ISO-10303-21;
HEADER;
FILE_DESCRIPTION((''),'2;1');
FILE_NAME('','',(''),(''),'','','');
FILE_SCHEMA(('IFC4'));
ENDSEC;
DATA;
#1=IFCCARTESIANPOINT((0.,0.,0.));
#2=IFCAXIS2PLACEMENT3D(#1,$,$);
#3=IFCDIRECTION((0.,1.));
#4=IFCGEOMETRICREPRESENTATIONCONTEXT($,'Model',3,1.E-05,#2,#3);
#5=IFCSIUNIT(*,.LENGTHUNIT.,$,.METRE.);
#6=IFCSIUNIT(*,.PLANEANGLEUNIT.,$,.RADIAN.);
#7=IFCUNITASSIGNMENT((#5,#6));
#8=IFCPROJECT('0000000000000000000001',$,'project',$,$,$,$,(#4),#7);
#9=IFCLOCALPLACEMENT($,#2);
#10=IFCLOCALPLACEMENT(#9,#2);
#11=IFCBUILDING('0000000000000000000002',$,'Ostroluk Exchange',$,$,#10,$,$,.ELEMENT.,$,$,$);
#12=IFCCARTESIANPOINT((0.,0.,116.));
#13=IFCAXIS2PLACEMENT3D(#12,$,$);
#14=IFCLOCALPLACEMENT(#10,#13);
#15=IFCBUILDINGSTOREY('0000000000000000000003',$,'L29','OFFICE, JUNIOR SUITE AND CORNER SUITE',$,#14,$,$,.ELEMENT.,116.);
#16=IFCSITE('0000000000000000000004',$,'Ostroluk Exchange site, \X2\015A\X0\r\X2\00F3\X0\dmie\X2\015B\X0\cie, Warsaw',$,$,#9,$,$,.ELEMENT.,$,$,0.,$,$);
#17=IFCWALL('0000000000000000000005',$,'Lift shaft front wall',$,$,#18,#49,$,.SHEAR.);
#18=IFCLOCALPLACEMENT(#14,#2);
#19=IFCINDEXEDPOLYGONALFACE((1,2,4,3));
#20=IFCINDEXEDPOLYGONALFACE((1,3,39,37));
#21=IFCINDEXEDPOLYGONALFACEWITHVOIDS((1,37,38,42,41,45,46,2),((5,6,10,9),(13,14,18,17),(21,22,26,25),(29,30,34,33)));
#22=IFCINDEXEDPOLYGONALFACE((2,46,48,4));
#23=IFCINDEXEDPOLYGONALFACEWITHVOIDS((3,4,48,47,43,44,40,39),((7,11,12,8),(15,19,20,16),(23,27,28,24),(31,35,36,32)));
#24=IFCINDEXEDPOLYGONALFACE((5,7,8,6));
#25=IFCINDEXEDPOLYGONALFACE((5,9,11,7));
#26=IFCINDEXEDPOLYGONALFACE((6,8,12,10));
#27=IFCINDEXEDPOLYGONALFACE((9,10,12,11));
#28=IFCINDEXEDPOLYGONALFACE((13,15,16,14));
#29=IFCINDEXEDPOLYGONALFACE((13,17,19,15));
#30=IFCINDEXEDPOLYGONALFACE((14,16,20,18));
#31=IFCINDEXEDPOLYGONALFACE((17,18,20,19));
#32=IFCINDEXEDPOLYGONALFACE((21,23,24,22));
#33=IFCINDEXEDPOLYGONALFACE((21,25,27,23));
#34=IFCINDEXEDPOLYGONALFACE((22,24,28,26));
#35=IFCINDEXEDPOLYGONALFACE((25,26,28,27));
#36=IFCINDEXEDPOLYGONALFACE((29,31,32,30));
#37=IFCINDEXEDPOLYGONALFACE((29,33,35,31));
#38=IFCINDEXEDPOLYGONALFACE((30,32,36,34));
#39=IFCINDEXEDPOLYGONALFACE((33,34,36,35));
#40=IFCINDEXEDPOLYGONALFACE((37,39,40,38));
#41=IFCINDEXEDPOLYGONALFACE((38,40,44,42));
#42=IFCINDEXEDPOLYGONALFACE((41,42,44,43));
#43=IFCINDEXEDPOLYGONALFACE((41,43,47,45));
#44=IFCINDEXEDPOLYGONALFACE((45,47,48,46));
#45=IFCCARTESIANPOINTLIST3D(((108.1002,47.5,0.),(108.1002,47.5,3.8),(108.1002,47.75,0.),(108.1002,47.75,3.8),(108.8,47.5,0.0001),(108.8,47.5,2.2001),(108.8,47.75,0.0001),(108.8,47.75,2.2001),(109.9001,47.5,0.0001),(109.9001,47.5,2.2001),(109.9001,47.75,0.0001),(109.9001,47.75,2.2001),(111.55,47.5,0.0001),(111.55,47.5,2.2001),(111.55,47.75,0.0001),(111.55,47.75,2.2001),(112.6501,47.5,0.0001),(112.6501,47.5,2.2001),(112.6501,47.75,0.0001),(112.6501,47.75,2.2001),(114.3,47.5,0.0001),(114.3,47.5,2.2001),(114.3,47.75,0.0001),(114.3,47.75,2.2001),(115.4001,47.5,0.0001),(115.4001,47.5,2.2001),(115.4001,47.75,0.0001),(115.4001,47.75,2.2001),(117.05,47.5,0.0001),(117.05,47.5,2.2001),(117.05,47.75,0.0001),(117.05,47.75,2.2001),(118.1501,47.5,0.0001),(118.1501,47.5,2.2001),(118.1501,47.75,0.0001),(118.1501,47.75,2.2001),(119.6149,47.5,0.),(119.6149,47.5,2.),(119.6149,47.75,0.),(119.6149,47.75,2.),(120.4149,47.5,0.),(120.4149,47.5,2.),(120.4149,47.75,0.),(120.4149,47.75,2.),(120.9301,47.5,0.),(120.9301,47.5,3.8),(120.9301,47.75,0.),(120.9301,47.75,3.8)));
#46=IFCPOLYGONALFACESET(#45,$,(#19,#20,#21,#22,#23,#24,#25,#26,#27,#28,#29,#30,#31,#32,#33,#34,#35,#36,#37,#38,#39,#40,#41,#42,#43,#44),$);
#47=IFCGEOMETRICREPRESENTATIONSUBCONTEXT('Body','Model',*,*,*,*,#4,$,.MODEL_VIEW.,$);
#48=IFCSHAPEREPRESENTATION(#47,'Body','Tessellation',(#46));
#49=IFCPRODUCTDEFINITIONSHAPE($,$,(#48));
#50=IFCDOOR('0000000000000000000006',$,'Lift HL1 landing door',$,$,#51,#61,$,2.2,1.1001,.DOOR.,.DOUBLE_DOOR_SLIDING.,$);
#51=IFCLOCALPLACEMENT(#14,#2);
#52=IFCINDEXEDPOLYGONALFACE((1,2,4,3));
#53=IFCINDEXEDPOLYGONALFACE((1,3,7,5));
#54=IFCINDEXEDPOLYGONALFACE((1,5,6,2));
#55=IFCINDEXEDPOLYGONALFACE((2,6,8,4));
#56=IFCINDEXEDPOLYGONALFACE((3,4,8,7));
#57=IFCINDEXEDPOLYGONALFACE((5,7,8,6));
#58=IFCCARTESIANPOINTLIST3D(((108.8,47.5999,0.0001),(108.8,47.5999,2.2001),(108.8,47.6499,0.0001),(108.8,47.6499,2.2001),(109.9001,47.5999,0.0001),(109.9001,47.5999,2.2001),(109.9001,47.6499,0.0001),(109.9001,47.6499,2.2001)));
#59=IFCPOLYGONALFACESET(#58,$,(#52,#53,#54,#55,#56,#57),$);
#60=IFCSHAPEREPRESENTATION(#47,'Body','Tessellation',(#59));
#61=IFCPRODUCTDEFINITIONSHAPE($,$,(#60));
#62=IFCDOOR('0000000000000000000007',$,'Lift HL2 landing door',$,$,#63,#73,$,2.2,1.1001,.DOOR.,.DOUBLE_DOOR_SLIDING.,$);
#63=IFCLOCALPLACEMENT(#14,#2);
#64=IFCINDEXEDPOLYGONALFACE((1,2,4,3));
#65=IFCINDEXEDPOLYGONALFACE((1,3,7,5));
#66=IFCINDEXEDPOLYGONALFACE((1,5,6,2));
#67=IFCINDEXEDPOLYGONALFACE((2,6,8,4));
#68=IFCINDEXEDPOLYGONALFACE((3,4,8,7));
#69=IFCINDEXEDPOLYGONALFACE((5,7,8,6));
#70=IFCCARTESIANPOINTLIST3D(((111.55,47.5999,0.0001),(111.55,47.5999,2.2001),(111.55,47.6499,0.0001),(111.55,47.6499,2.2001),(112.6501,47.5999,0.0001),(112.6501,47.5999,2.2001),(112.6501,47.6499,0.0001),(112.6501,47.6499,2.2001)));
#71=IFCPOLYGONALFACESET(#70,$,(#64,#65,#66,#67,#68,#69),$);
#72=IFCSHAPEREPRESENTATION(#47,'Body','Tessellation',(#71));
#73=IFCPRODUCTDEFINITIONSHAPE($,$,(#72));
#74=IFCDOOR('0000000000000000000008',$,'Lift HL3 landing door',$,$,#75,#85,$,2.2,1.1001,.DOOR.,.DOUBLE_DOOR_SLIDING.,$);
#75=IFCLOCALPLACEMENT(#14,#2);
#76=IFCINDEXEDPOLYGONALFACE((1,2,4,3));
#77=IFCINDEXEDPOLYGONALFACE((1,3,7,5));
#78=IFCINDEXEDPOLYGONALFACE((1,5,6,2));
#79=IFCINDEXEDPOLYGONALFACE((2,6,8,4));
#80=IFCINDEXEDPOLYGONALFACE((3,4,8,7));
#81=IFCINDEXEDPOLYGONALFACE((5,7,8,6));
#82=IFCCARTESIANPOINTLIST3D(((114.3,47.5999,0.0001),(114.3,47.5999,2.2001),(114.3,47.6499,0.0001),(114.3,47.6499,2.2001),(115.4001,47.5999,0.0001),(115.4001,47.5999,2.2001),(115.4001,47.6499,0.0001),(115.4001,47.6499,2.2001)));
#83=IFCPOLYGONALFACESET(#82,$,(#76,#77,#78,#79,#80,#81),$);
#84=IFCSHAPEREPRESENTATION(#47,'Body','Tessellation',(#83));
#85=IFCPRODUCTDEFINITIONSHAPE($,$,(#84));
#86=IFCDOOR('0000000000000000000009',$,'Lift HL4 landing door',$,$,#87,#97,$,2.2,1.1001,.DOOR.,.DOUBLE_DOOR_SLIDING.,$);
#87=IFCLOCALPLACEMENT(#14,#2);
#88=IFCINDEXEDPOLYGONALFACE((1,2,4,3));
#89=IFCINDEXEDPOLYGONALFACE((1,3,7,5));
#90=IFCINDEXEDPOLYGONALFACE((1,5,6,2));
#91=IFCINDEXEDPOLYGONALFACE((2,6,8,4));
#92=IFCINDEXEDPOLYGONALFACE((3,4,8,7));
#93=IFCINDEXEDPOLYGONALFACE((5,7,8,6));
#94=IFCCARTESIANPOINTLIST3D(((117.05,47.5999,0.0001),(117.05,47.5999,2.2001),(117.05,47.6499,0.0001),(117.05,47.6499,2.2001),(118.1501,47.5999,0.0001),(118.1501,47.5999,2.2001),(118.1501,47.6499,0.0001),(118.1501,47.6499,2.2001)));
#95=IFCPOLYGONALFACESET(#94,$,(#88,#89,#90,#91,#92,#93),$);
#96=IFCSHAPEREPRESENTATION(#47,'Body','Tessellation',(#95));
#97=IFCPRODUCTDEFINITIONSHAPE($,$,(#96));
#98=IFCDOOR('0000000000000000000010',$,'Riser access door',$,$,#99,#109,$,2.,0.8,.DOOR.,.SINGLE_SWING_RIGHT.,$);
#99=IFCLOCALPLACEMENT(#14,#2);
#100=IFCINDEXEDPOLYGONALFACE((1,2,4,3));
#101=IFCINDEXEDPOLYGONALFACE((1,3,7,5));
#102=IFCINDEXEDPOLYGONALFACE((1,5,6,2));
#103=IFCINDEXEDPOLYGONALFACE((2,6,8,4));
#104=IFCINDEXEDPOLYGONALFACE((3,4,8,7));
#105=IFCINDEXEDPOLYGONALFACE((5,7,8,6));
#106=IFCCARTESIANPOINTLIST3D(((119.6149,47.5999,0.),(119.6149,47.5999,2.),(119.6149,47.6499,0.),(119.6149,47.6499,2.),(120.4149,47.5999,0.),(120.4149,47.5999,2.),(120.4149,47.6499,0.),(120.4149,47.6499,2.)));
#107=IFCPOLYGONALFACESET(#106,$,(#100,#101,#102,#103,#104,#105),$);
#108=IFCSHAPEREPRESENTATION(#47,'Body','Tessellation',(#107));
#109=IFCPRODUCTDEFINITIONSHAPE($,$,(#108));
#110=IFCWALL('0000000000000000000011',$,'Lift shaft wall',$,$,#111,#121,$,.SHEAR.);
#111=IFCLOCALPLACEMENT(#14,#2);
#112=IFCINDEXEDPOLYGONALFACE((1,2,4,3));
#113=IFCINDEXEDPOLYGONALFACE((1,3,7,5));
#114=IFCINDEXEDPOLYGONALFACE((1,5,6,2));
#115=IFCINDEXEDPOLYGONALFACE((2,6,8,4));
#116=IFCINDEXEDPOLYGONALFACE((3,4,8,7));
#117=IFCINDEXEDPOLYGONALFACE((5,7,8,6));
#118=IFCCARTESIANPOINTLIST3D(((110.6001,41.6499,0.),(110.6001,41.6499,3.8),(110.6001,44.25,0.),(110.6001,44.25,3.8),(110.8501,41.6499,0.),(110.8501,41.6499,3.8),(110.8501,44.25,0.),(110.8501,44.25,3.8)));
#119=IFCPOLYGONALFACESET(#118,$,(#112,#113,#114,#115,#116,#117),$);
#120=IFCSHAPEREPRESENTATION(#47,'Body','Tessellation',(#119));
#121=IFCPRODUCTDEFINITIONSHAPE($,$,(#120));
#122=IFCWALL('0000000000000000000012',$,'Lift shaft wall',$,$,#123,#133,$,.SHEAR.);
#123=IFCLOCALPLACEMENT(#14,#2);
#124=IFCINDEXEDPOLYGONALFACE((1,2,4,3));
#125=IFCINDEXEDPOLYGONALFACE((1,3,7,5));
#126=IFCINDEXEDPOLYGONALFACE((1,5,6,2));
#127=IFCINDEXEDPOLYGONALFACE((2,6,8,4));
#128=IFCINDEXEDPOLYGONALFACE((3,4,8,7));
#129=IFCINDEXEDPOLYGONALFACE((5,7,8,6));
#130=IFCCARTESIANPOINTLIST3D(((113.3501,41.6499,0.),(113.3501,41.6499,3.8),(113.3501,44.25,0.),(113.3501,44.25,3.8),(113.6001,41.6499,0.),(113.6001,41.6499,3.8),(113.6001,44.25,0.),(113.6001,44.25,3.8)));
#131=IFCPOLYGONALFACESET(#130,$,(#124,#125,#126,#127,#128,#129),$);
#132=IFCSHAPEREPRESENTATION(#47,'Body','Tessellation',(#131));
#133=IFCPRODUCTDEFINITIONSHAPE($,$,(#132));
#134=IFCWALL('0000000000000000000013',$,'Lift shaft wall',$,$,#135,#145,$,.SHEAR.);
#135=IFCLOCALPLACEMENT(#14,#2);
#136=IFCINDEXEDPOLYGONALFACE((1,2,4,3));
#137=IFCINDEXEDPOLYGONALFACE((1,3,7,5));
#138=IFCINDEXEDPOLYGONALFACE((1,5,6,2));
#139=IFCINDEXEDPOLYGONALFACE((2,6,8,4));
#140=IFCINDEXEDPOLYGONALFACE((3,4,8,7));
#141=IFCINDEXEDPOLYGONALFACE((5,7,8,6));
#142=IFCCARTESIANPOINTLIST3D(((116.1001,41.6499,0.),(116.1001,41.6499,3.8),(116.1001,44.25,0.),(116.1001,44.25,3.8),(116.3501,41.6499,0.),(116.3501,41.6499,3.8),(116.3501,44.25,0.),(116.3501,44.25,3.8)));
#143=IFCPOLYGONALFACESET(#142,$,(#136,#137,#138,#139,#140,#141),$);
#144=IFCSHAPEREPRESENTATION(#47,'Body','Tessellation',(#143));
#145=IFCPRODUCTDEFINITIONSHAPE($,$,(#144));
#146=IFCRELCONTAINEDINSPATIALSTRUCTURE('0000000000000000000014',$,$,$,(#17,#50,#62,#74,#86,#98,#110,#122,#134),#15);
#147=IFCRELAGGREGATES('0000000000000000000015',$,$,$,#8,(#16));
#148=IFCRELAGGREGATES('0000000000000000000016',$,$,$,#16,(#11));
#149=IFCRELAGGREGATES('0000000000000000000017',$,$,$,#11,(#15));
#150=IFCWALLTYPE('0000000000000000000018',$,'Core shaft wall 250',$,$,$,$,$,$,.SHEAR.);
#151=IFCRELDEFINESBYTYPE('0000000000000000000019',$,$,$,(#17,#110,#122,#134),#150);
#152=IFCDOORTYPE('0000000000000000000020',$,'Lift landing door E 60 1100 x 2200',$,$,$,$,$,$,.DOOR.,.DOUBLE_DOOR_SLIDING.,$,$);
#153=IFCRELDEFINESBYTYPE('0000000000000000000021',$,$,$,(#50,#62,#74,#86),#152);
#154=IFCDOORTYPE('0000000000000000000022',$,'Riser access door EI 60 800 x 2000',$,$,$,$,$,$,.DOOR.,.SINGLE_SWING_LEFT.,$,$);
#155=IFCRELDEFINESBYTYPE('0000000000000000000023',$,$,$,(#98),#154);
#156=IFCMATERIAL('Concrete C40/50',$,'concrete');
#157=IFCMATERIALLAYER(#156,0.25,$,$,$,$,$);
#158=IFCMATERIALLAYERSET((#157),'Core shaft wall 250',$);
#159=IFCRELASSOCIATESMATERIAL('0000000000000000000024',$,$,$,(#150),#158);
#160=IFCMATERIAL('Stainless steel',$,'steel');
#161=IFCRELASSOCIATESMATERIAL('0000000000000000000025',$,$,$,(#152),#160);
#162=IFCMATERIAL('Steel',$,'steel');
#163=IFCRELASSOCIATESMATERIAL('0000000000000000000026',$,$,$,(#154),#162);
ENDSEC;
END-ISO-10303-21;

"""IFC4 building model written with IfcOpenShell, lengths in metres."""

from ifc_helpers import new_model, si_unit, direction, frame, frame_2d, origin, place, context, subcontext, project, spatial, rectangle, extrude, material, layer, layer_set, type_object, element, fill, save


model = new_model("IFC4")

# Units and contexts
model_context = context("Model", 3, precision=1e-05, world=origin(), true_north=direction((0.0, 1.0)))
body_context = subcontext(model_context, "Body", "Model", "MODEL_VIEW")
ifc_project = project(units=[si_unit("LENGTHUNIT", "METRE"), si_unit("PLANEANGLEUNIT", "RADIAN")], contexts=[model_context])

# Site, building, storey
site_placement = place(None, origin())
site = spatial("IfcSite", under=ifc_project, at=site_placement, Name="Ostroluk Exchange site, Śródmieście, Warsaw", CompositionType="ELEMENT", RefElevation=0.0)
building_placement = place(site_placement, origin())
building = spatial("IfcBuilding", under=site, at=building_placement, Name="Ostroluk Exchange", CompositionType="ELEMENT")
storey_placement = place(building_placement, frame((0.0, 0.0, 116.0)))
storey = spatial("IfcBuildingStorey", under=building, at=storey_placement, Name="L29", Description="OFFICE, JUNIOR SUITE AND CORNER SUITE", CompositionType="ELEMENT", Elevation=116.0)

# Shared definitions
ifc_material_1 = material(Name="Concrete C40/50", Category="concrete")
ifc_layer = layer(ifc_material_1, 0.25)
ifc_layer_set = layer_set([ifc_layer], Name="Core shaft wall 250")
wall_type = type_object("IfcWallType", Name="Core shaft wall 250", PredefinedType="SHEAR", material=ifc_layer_set)

# Wall, openings, doors
wall_1_placement = place(storey_placement, frame((108.1001, 47.625, 0.0), z_axis=(0.0, 0.0, 1.0), x_axis=(1.0, 0.0, 0.0)))
wall_1 = element("IfcWall", 1, at=wall_1_placement, inside=storey, type_object=wall_type, Name="Lift shaft front wall", PredefinedType="SHEAR", context=body_context, shape_type="SweptSolid", body=[
    extrude(rectangle(XDim=12.8298, YDim=0.25, at=frame_2d((6.415, 0.0))), origin(), (0.0, 0.0, 1.0), 3.8),
])
opening_1_placement = place(wall_1_placement, frame((0.7, 0.0, 0.0)))
opening_1 = element("IfcOpeningElement", 2, at=opening_1_placement, cuts=wall_1, PredefinedType="OPENING", context=body_context, shape_type="SweptSolid", body=[
    extrude(rectangle(XDim=1.1001, YDim=2.2, at=frame_2d((0.55, 1.1001))), frame((0.0, 0.135, 0.0), z_axis=(0.0, -1.0, 0.0), x_axis=(1.0, 0.0, 0.0)), (0.0, 0.0, 1.0), 0.27),
])
opening_2_placement = place(wall_1_placement, frame((3.45, 0.0, 0.0)))
opening_2 = element("IfcOpeningElement", 3, at=opening_2_placement, cuts=wall_1, PredefinedType="OPENING", context=body_context, shape_type="SweptSolid", body=[
    extrude(rectangle(XDim=1.1001, YDim=2.2, at=frame_2d((0.55, 1.1001))), frame((0.0, 0.135, 0.0), z_axis=(0.0, -1.0, 0.0), x_axis=(1.0, 0.0, 0.0)), (0.0, 0.0, 1.0), 0.27),
])
opening_3_placement = place(wall_1_placement, frame((6.2, 0.0, 0.0)))
opening_3 = element("IfcOpeningElement", 4, at=opening_3_placement, cuts=wall_1, PredefinedType="OPENING", context=body_context, shape_type="SweptSolid", body=[
    extrude(rectangle(XDim=1.1001, YDim=2.2, at=frame_2d((0.55, 1.1001))), frame((0.0, 0.135, 0.0), z_axis=(0.0, -1.0, 0.0), x_axis=(1.0, 0.0, 0.0)), (0.0, 0.0, 1.0), 0.27),
])
opening_4_placement = place(wall_1_placement, frame((8.95, 0.0, 0.0)))
opening_4 = element("IfcOpeningElement", 5, at=opening_4_placement, cuts=wall_1, PredefinedType="OPENING", context=body_context, shape_type="SweptSolid", body=[
    extrude(rectangle(XDim=1.1001, YDim=2.2, at=frame_2d((0.55, 1.1001))), frame((0.0, 0.135, 0.0), z_axis=(0.0, -1.0, 0.0), x_axis=(1.0, 0.0, 0.0)), (0.0, 0.0, 1.0), 0.27),
])
opening_5_placement = place(wall_1_placement, frame((11.5149, 0.0, 0.0)))
opening_5 = element("IfcOpeningElement", 6, at=opening_5_placement, cuts=wall_1, PredefinedType="OPENING", context=body_context, shape_type="SweptSolid", body=[
    extrude(rectangle(XDim=0.8, YDim=2.0, at=frame_2d((0.3999, 1.0))), frame((0.0, 0.135, 0.0), z_axis=(0.0, -1.0, 0.0), x_axis=(1.0, 0.0, 0.0)), (0.0, 0.0, 1.0), 0.27),
])
ifc_material_2 = material(Name="Stainless steel", Category="steel")
door_type_1 = type_object("IfcDoorType", Name="Lift landing door E 60 1100 x 2200", OperationType="DOUBLE_DOOR_SLIDING", PredefinedType="DOOR", material=ifc_material_2)
door_1_placement = place(opening_1_placement, origin())
door_1 = element("IfcDoor", 7, at=door_1_placement, inside=storey, type_object=door_type_1, Name="Lift HL1 landing door", OperationType="DOUBLE_DOOR_SLIDING", OverallHeight=2.2, OverallWidth=1.1001, PredefinedType="DOOR", context=body_context, shape_type="SweptSolid", body=[
    extrude(rectangle(XDim=1.1001, YDim=2.2, at=frame_2d((0.55, 1.1001))), frame((0.0, 0.0249, 0.0), z_axis=(0.0, -1.0, 0.0), x_axis=(1.0, 0.0, 0.0)), (0.0, 0.0, 1.0), 0.05),
])
fill(opening_1, door_1)
door_2_placement = place(opening_2_placement, origin())
door_2 = element("IfcDoor", 8, at=door_2_placement, inside=storey, type_object=door_type_1, Name="Lift HL2 landing door", OperationType="DOUBLE_DOOR_SLIDING", OverallHeight=2.2, OverallWidth=1.1001, PredefinedType="DOOR", context=body_context, shape_type="SweptSolid", body=[
    extrude(rectangle(XDim=1.1001, YDim=2.2, at=frame_2d((0.55, 1.1001))), frame((0.0, 0.0249, 0.0), z_axis=(0.0, -1.0, 0.0), x_axis=(1.0, 0.0, 0.0)), (0.0, 0.0, 1.0), 0.05),
])
fill(opening_2, door_2)
door_3_placement = place(opening_3_placement, origin())
door_3 = element("IfcDoor", 9, at=door_3_placement, inside=storey, type_object=door_type_1, Name="Lift HL3 landing door", OperationType="DOUBLE_DOOR_SLIDING", OverallHeight=2.2, OverallWidth=1.1001, PredefinedType="DOOR", context=body_context, shape_type="SweptSolid", body=[
    extrude(rectangle(XDim=1.1001, YDim=2.2, at=frame_2d((0.55, 1.1001))), frame((0.0, 0.0249, 0.0), z_axis=(0.0, -1.0, 0.0), x_axis=(1.0, 0.0, 0.0)), (0.0, 0.0, 1.0), 0.05),
])
fill(opening_3, door_3)
door_4_placement = place(opening_4_placement, origin())
door_4 = element("IfcDoor", 10, at=door_4_placement, inside=storey, type_object=door_type_1, Name="Lift HL4 landing door", OperationType="DOUBLE_DOOR_SLIDING", OverallHeight=2.2, OverallWidth=1.1001, PredefinedType="DOOR", context=body_context, shape_type="SweptSolid", body=[
    extrude(rectangle(XDim=1.1001, YDim=2.2, at=frame_2d((0.55, 1.1001))), frame((0.0, 0.0249, 0.0), z_axis=(0.0, -1.0, 0.0), x_axis=(1.0, 0.0, 0.0)), (0.0, 0.0, 1.0), 0.05),
])
fill(opening_4, door_4)
ifc_material_3 = material(Name="Steel", Category="steel")
door_type_2 = type_object("IfcDoorType", Name="Riser access door EI 60 800 x 2000", OperationType="SINGLE_SWING_LEFT", PredefinedType="DOOR", material=ifc_material_3)
door_5_placement = place(opening_5_placement, origin())
door_5 = element("IfcDoor", 11, at=door_5_placement, inside=storey, type_object=door_type_2, Name="Riser access door", OperationType="SINGLE_SWING_RIGHT", OverallHeight=2.0, OverallWidth=0.8, PredefinedType="DOOR", context=body_context, shape_type="SweptSolid", body=[
    extrude(rectangle(XDim=0.8, YDim=2.0, at=frame_2d((0.3999, 1.0))), frame((0.0, 0.0249, 0.0), z_axis=(0.0, -1.0, 0.0), x_axis=(1.0, 0.0, 0.0)), (0.0, 0.0, 1.0), 0.05),
])
fill(opening_5, door_5)

# Walls
for number, where, z_axis, x_axis, name in (
    (12, (110.7251, 44.25, 0.0), (0.0, 0.0, 1.0), (0.0, -1.0, 0.0), "Lift shaft wall"),
    (13, (113.4751, 44.25, 0.0), (0.0, 0.0, 1.0), (0.0, -1.0, 0.0), "Lift shaft wall"),
    (14, (116.2251, 44.25, 0.0), (0.0, 0.0, 1.0), (0.0, -1.0, 0.0), "Lift shaft wall"),
):
    element("IfcWall", number, at=place(storey_placement, frame(where, z_axis=z_axis, x_axis=x_axis)), inside=storey, type_object=wall_type, Name=name, PredefinedType="SHEAR", context=body_context, shape_type="SweptSolid", body=[
        extrude(rectangle(XDim=2.6001, YDim=0.25, at=frame_2d((1.3, 0.0))), origin(), (0.0, 0.0, 1.0), 3.8),
    ])

save(model, "model.ifc")
